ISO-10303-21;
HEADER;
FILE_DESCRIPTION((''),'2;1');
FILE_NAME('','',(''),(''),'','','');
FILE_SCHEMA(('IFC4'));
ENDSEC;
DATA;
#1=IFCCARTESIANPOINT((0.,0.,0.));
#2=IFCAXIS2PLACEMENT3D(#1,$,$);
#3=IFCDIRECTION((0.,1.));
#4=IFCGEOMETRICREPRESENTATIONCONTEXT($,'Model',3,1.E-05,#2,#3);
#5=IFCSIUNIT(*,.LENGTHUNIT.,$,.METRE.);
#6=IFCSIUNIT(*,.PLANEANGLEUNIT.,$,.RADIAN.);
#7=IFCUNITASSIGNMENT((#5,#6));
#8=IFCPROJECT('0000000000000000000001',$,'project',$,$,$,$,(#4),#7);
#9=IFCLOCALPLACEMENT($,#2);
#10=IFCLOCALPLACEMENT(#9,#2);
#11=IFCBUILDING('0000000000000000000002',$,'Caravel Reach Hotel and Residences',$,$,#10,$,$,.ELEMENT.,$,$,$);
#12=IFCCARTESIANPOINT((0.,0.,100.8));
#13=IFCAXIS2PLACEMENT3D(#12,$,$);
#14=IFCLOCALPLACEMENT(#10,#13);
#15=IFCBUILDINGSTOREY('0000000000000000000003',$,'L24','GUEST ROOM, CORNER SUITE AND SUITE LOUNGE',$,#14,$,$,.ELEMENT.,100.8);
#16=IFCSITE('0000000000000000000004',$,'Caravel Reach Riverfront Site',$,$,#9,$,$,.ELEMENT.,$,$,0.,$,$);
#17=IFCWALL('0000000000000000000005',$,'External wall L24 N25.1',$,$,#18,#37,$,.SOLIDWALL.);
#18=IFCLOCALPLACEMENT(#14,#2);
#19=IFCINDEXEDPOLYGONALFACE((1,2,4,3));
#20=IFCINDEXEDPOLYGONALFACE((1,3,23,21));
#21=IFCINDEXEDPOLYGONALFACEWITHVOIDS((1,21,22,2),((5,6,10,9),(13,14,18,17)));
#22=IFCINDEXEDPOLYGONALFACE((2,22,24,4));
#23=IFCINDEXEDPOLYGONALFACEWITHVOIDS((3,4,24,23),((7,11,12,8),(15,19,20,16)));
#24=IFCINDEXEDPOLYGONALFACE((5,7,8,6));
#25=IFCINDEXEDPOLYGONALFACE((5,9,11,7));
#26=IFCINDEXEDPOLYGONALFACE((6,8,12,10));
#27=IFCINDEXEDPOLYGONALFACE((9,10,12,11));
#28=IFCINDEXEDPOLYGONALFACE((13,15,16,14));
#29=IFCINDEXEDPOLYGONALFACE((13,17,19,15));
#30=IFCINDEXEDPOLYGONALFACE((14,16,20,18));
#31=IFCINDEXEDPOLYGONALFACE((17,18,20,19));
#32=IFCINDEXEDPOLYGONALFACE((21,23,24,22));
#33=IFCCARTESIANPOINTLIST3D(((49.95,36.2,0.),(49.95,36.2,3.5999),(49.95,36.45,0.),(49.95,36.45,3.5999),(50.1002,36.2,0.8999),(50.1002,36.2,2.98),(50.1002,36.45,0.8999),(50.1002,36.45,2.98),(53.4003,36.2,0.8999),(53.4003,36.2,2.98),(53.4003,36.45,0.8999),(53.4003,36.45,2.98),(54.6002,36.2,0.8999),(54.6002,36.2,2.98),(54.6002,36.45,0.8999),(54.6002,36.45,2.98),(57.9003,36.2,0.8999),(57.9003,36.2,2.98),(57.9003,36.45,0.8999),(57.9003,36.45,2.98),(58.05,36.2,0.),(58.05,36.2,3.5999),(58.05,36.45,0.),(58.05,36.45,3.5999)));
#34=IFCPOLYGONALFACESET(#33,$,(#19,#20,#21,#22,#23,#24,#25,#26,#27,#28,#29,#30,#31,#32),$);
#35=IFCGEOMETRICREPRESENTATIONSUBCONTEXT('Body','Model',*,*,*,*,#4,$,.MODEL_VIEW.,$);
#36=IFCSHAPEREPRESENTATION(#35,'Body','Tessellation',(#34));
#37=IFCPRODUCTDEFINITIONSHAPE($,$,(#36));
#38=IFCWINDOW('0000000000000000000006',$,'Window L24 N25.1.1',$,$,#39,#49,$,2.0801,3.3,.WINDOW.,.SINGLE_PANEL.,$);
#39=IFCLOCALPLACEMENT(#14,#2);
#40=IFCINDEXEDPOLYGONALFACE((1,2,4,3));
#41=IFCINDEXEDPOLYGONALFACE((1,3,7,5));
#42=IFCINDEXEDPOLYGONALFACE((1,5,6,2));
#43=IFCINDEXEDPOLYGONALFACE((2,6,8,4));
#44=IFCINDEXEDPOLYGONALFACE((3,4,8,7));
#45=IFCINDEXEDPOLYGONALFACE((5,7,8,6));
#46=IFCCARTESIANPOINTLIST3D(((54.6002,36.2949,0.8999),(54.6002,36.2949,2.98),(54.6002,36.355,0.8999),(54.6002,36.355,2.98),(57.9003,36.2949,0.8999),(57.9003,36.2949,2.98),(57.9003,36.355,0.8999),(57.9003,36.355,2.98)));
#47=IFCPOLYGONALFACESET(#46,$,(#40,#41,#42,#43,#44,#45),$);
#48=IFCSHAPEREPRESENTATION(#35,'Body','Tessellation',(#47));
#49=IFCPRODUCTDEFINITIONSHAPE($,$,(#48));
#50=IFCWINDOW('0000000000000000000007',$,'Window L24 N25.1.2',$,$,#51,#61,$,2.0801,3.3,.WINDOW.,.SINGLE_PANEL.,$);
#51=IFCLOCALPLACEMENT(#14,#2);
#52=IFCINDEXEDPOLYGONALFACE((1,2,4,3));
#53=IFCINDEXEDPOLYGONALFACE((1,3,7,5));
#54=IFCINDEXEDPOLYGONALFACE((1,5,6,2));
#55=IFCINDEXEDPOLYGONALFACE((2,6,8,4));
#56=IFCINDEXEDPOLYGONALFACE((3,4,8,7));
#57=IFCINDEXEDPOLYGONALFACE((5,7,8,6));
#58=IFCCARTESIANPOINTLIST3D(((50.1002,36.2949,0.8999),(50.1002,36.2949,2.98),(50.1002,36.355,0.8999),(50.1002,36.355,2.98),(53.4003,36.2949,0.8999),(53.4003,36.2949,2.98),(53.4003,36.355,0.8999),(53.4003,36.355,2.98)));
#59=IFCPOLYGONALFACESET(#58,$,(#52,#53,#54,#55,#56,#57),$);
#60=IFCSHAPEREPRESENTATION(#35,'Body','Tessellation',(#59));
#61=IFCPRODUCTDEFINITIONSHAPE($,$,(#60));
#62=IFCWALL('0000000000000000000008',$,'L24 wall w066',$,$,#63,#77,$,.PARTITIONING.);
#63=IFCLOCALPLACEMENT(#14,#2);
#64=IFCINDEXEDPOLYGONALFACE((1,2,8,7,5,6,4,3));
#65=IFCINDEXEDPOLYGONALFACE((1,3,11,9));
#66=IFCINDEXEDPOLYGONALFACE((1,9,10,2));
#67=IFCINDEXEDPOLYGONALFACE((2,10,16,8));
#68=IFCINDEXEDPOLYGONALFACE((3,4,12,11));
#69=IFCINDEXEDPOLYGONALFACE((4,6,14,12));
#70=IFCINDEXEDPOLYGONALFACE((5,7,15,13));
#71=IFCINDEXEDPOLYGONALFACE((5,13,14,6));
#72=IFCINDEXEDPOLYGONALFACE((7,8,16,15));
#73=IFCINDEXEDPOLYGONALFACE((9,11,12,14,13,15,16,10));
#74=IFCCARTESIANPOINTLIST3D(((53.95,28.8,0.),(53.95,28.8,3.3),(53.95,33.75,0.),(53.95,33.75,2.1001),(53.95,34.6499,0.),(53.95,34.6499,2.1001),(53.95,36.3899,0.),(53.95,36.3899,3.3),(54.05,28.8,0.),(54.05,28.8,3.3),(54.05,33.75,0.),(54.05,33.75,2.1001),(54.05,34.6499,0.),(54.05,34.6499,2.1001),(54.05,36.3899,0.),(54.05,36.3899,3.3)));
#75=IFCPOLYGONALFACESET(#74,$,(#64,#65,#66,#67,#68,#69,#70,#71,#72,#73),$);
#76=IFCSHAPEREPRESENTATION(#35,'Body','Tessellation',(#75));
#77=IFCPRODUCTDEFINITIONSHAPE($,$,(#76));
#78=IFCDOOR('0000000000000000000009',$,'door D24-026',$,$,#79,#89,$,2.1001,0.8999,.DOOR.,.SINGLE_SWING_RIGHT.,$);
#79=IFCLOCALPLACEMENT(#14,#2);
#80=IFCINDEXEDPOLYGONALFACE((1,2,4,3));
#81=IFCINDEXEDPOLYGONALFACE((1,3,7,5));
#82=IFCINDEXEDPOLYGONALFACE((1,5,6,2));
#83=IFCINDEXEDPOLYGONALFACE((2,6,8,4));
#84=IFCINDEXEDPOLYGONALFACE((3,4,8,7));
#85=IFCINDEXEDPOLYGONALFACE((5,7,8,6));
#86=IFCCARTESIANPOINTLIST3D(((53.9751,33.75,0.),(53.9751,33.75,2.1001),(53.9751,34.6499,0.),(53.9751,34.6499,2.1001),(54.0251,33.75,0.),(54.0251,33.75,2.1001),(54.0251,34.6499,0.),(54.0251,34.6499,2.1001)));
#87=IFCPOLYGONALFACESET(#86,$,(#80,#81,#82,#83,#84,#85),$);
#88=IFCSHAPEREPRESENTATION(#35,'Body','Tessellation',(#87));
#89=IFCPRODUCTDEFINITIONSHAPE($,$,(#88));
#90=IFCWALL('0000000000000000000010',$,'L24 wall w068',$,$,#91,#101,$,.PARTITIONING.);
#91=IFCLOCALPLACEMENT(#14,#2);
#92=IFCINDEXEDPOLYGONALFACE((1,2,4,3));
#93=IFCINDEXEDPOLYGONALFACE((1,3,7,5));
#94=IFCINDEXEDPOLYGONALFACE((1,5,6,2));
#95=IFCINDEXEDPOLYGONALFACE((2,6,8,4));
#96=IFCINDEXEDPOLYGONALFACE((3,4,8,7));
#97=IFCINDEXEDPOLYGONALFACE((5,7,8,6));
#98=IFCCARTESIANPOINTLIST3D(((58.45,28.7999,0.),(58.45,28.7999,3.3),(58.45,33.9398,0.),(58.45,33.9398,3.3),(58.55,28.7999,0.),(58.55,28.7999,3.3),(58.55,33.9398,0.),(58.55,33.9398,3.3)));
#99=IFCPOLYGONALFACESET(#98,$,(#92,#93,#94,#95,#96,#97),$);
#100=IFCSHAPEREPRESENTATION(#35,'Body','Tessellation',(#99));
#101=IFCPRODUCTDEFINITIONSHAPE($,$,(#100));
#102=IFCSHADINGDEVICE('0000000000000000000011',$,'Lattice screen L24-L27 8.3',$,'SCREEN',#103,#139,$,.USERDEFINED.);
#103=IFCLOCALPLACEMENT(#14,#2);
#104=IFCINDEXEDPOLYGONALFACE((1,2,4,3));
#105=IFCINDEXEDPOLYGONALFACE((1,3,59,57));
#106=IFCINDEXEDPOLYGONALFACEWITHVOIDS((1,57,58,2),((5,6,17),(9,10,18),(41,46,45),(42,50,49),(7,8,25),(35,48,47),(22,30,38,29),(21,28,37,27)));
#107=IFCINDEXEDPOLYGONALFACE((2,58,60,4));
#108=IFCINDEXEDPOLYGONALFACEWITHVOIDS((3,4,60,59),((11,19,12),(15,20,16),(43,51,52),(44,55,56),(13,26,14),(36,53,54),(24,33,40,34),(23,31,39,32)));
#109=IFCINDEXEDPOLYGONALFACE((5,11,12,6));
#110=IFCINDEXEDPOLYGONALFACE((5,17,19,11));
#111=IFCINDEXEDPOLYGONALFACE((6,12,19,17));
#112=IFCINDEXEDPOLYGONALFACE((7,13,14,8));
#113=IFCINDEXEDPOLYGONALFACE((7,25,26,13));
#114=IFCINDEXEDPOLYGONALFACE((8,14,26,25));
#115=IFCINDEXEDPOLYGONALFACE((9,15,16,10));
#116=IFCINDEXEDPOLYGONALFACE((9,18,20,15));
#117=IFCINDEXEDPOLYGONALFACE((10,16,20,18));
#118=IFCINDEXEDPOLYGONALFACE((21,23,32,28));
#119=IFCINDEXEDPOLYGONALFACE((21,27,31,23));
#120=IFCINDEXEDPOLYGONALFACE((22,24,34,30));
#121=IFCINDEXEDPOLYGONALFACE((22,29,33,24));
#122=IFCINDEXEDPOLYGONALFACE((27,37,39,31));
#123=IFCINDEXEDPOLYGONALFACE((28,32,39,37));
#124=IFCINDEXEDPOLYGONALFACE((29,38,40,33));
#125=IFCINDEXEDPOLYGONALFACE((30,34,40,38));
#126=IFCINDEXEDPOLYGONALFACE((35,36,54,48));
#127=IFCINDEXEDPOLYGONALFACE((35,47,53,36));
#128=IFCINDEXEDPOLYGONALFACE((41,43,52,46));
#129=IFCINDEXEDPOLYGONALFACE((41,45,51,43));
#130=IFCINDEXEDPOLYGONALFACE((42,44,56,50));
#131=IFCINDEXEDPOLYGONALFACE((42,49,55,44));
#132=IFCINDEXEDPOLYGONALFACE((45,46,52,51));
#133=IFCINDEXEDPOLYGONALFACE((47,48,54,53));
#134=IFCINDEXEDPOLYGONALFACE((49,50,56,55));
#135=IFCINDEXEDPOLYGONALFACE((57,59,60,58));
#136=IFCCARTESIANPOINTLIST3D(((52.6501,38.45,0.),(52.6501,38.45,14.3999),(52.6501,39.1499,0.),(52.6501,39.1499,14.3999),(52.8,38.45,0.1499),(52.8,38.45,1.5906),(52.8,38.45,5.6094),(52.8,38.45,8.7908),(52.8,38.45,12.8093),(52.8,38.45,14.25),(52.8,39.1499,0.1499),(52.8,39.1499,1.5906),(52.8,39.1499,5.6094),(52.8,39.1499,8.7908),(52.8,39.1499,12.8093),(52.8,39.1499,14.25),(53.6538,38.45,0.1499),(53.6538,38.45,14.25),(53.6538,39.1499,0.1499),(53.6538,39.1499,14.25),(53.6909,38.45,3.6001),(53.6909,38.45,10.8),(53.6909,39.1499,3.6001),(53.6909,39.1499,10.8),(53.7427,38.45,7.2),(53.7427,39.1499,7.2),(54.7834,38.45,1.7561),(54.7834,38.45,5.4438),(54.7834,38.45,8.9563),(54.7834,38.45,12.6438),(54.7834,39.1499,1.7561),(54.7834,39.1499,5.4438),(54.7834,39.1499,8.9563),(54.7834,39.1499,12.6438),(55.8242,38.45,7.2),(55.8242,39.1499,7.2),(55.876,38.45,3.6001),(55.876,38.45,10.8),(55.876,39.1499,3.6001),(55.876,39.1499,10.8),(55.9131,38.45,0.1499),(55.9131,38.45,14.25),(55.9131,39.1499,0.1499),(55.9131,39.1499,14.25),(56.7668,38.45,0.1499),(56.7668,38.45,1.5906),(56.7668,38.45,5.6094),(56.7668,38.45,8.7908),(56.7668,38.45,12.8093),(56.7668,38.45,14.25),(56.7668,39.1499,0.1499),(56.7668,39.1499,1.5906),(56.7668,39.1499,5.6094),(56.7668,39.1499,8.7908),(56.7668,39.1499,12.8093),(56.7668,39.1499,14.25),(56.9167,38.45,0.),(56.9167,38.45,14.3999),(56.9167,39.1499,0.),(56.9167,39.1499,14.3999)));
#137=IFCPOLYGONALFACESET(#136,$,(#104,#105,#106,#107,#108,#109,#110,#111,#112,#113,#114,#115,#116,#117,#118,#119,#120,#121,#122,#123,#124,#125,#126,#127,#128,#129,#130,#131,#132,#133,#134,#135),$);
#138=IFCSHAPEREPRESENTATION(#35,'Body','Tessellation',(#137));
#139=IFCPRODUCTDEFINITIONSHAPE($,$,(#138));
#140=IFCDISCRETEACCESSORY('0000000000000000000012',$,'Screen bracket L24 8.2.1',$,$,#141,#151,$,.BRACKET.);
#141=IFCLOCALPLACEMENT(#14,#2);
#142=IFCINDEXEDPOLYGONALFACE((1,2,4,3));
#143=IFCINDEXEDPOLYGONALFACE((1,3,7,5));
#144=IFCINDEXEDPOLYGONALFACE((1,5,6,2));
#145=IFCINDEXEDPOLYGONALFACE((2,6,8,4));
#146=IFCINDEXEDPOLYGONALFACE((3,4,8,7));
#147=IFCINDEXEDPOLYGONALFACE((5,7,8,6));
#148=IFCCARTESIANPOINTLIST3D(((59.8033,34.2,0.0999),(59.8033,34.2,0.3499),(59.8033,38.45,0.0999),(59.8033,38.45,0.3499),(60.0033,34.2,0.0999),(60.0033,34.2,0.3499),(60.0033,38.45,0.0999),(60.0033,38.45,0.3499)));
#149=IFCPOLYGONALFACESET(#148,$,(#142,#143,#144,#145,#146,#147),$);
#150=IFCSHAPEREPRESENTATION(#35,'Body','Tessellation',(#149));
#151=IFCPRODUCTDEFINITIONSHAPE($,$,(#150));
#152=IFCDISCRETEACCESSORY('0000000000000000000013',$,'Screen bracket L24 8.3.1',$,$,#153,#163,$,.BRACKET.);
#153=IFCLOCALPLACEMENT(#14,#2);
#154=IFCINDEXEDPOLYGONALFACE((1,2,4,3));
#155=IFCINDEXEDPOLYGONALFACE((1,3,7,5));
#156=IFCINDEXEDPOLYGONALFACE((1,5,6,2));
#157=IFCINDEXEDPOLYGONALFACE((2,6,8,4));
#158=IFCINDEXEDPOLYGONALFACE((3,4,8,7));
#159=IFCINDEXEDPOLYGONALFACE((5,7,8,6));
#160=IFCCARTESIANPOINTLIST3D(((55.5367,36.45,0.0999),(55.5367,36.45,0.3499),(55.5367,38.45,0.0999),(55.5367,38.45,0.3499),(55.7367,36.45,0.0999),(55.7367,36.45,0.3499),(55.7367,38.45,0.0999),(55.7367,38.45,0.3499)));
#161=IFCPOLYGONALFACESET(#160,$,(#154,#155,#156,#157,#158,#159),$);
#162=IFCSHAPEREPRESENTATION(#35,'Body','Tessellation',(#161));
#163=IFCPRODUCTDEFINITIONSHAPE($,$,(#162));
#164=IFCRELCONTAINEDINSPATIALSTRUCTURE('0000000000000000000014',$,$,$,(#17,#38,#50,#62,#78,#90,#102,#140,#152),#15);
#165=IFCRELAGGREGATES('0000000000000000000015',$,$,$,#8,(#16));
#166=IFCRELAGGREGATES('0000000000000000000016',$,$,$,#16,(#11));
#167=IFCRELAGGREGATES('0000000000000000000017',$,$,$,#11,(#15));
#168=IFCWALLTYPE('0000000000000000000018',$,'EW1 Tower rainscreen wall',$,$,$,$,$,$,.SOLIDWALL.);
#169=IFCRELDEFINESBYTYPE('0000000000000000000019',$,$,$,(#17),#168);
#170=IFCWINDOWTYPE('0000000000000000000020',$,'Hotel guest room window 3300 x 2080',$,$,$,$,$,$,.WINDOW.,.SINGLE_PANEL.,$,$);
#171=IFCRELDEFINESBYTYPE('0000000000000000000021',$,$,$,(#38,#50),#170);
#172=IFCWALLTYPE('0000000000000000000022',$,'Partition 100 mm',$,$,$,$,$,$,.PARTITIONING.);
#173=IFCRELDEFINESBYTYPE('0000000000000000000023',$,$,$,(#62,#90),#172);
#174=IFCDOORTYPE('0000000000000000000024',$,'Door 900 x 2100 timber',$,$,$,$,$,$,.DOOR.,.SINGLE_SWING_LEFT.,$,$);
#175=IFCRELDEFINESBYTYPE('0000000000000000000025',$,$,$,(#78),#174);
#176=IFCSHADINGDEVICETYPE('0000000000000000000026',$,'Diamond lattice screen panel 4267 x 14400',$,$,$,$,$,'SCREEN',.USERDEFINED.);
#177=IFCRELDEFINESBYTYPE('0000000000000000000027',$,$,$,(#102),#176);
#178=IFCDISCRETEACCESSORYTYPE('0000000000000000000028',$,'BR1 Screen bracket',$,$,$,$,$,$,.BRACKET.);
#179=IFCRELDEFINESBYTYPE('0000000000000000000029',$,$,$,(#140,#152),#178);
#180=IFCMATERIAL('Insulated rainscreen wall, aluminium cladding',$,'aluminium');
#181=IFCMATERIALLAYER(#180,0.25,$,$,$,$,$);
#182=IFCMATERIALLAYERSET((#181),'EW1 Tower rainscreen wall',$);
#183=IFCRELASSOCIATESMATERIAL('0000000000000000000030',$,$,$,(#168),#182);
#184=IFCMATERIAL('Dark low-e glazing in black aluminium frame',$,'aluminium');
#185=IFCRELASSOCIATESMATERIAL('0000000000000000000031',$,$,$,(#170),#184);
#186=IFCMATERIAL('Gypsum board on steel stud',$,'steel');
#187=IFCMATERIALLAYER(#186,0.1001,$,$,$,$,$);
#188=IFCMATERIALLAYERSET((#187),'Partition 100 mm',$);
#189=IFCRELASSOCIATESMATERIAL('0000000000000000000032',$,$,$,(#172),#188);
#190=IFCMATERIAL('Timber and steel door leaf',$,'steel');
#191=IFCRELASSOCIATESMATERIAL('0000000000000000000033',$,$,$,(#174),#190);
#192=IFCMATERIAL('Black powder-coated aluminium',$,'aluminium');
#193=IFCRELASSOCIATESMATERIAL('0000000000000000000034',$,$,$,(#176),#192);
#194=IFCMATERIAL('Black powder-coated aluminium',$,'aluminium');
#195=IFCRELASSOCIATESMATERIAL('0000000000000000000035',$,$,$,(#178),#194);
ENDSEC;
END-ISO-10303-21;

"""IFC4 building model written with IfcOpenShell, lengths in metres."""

from ifc_helpers import new_model, si_unit, direction, frame, frame_2d, origin, origin_2d, place, context, subcontext, project, spatial, polyline, rectangle, outline, extrude, material, layer, layer_set, type_object, element, fill, save


model = new_model("IFC4")

# Units and contexts
model_context = context("Model", 3, precision=1e-05, world=origin(), true_north=direction((0.0, 1.0)))
body_context = subcontext(model_context, "Body", "Model", "MODEL_VIEW")
ifc_project = project(units=[si_unit("LENGTHUNIT", "METRE"), si_unit("PLANEANGLEUNIT", "RADIAN")], contexts=[model_context])

# Site, building, storey
site_placement = place(None, origin())
site = spatial("IfcSite", under=ifc_project, at=site_placement, Name="Caravel Reach Riverfront Site", CompositionType="ELEMENT", RefElevation=0.0)
building_placement = place(site_placement, origin())
building = spatial("IfcBuilding", under=site, at=building_placement, Name="Caravel Reach Hotel and Residences", CompositionType="ELEMENT")
storey_placement = place(building_placement, frame((0.0, 0.0, 100.8)))
storey = spatial("IfcBuildingStorey", under=building, at=storey_placement, Name="L24", Description="GUEST ROOM, CORNER SUITE AND SUITE LOUNGE", CompositionType="ELEMENT", Elevation=100.8)

# Shared definitions
ifc_material_1 = material(Name="Insulated rainscreen wall, aluminium cladding", Category="aluminium")
ifc_layer_1 = layer(ifc_material_1, 0.25)
ifc_layer_set_1 = layer_set([ifc_layer_1], Name="EW1 Tower rainscreen wall")
wall_type_1 = type_object("IfcWallType", Name="EW1 Tower rainscreen wall", PredefinedType="SOLIDWALL", material=ifc_layer_set_1)

# Wall, openings, windows
wall_1_placement = place(storey_placement, frame((58.05, 36.325, 0.0), z_axis=(0.0, 0.0, 1.0), x_axis=(-1.0, 0.0, 0.0)))
wall_1 = element("IfcWall", 1, at=wall_1_placement, inside=storey, type_object=wall_type_1, Name="External wall L24 N25.1", PredefinedType="SOLIDWALL", context=body_context, shape_type="SweptSolid", body=[
    extrude(rectangle(XDim=8.1001, YDim=0.25, at=frame_2d((4.05, 0.0))), origin(), (0.0, 0.0, 1.0), 3.5999),
])
opening_1_placement = place(wall_1_placement, frame((0.1499, 0.0, 0.8999)))
opening_1 = element("IfcOpeningElement", 2, at=opening_1_placement, cuts=wall_1, PredefinedType="OPENING", context=body_context, shape_type="SweptSolid", body=[
    extrude(rectangle(XDim=3.3, YDim=2.0801, at=frame_2d((1.6499, 1.04))), frame((0.0, 0.135, 0.0), z_axis=(0.0, -1.0, 0.0), x_axis=(1.0, 0.0, 0.0)), (0.0, 0.0, 1.0), 0.27),
])
opening_2_placement = place(wall_1_placement, frame((4.6499, 0.0, 0.8999)))
opening_2 = element("IfcOpeningElement", 3, at=opening_2_placement, cuts=wall_1, PredefinedType="OPENING", context=body_context, shape_type="SweptSolid", body=[
    extrude(rectangle(XDim=3.3, YDim=2.0801, at=frame_2d((1.6499, 1.04))), frame((0.0, 0.135, 0.0), z_axis=(0.0, -1.0, 0.0), x_axis=(1.0, 0.0, 0.0)), (0.0, 0.0, 1.0), 0.27),
])
ifc_material_2 = material(Name="Dark low-e glazing in black aluminium frame", Category="aluminium")
window_type_1 = type_object("IfcWindowType", Name="Hotel guest room window 3300 x 2080", PartitioningType="SINGLE_PANEL", PredefinedType="WINDOW", material=ifc_material_2)
window_1_placement = place(opening_1_placement, origin())
window_1 = element("IfcWindow", 4, at=window_1_placement, inside=storey, type_object=window_type_1, Name="Window L24 N25.1.1", OverallHeight=2.0801, OverallWidth=3.3, PartitioningType="SINGLE_PANEL", PredefinedType="WINDOW", context=body_context, shape_type="SweptSolid", body=[
    extrude(rectangle(XDim=3.3, YDim=2.0801, at=frame_2d((1.6499, 1.04))), frame((0.0, 0.03, 0.0), z_axis=(0.0, -1.0, 0.0), x_axis=(1.0, 0.0, 0.0)), (0.0, 0.0, 1.0), 0.0601),
])
fill(opening_1, window_1)
window_2_placement = place(opening_2_placement, origin())
window_2 = element("IfcWindow", 5, at=window_2_placement, inside=storey, type_object=window_type_1, Name="Window L24 N25.1.2", OverallHeight=2.0801, OverallWidth=3.3, PartitioningType="SINGLE_PANEL", PredefinedType="WINDOW", context=body_context, shape_type="SweptSolid", body=[
    extrude(rectangle(XDim=3.3, YDim=2.0801, at=frame_2d((1.6499, 1.04))), frame((0.0, 0.03, 0.0), z_axis=(0.0, -1.0, 0.0), x_axis=(1.0, 0.0, 0.0)), (0.0, 0.0, 1.0), 0.0601),
])
fill(opening_2, window_2)

# Wall, opening, door
ifc_material_3 = material(Name="Gypsum board on steel stud", Category="steel")
ifc_layer_2 = layer(ifc_material_3, 0.1001)
ifc_layer_set_2 = layer_set([ifc_layer_2], Name="Partition 100 mm")
wall_type_2 = type_object("IfcWallType", Name="Partition 100 mm", PredefinedType="PARTITIONING", material=ifc_layer_set_2)
wall_2_placement = place(storey_placement, frame((54.0, 28.8, 0.0), z_axis=(0.0, 0.0, 1.0), x_axis=(0.0, 1.0, 0.0)))
wall_2 = element("IfcWall", 6, at=wall_2_placement, inside=storey, type_object=wall_type_2, Name="L24 wall w066", PredefinedType="PARTITIONING", context=body_context, shape_type="SweptSolid", body=[
    extrude(rectangle(XDim=7.5898, YDim=0.1001, at=frame_2d((3.7949, 0.0))), origin(), (0.0, 0.0, 1.0), 3.3),
])
opening_3_placement = place(wall_2_placement, frame((4.95, 0.0, 0.0)))
opening_3 = element("IfcOpeningElement", 7, at=opening_3_placement, cuts=wall_2, PredefinedType="OPENING", context=body_context, shape_type="SweptSolid", body=[
    extrude(rectangle(XDim=0.8999, YDim=2.1001, at=frame_2d((0.45, 1.05))), frame((0.0, 0.0601, 0.0), z_axis=(0.0, -1.0, 0.0), x_axis=(1.0, 0.0, 0.0)), (0.0, 0.0, 1.0), 0.1201),
])
ifc_material_4 = material(Name="Timber and steel door leaf", Category="steel")
door_type_1 = type_object("IfcDoorType", Name="Door 900 x 2100 timber", OperationType="SINGLE_SWING_LEFT", PredefinedType="DOOR", material=ifc_material_4)
door_1_placement = place(opening_3_placement, origin())
door_1 = element("IfcDoor", 8, at=door_1_placement, inside=storey, type_object=door_type_1, Name="door D24-026", OperationType="SINGLE_SWING_RIGHT", OverallHeight=2.1001, OverallWidth=0.8999, PredefinedType="DOOR", context=body_context, shape_type="SweptSolid", body=[
    extrude(rectangle(XDim=0.8999, YDim=2.1001, at=frame_2d((0.45, 1.05))), frame((0.0, 0.0249, 0.0), z_axis=(0.0, -1.0, 0.0), x_axis=(1.0, 0.0, 0.0)), (0.0, 0.0, 1.0), 0.05),
])
fill(opening_3, door_1)

# Wall
wall_3_placement = place(storey_placement, frame((58.5, 28.8, 0.0), z_axis=(0.0, 0.0, 1.0), x_axis=(0.0, 1.0, 0.0)))
element("IfcWall", 9, at=wall_3_placement, inside=storey, type_object=wall_type_2, Name="L24 wall w068", PredefinedType="PARTITIONING", context=body_context, shape_type="SweptSolid", body=[
    extrude(rectangle(XDim=5.1399, YDim=0.1001, at=frame_2d((2.5698, 0.0))), origin(), (0.0, 0.0, 1.0), 3.3),
])

# Shading device
ifc_material_5 = material(Name="Black powder-coated aluminium", Category="aluminium")
shading_device_type = type_object("IfcShadingDeviceType", Name="Diamond lattice screen panel 4267 x 14400", ElementType="SCREEN", PredefinedType="USERDEFINED", material=ifc_material_5)
shading_device_placement = place(storey_placement, frame((56.9167, 38.45, 0.0), z_axis=(0.0, 1.0, 0.0), x_axis=(-1.0, 0.0, 0.0)))
element("IfcShadingDevice", 10, at=shading_device_placement, inside=storey, type_object=shading_device_type, Name="Lattice screen L24-L27 8.3", ObjectType="SCREEN", PredefinedType="USERDEFINED", context=body_context, shape_type="SweptSolid", body=[
    extrude(outline(polyline([(0.0, 0.0), (4.2666, 0.0), (4.2666, 14.3999), (0.0, 14.3999), (0.0, 0.0)]), holes=[polyline([(1.0037, 0.1499), (0.1499, 1.5906), (0.1499, 0.1499), (1.0037, 0.1499)]), polyline([(1.0925, 7.2), (0.1499, 8.7908), (0.1499, 5.6094), (1.0925, 7.2)]), polyline([(0.1499, 12.8093), (1.0037, 14.25), (0.1499, 14.25), (0.1499, 12.8093)]), polyline([(2.1333, 5.4438), (1.0408, 3.6001), (2.1333, 1.7561), (3.2258, 3.6001), (2.1333, 5.4438)]), polyline([(2.1333, 12.6438), (1.0408, 10.8), (2.1333, 8.9563), (3.2258, 10.8), (2.1333, 12.6438)]), polyline([(4.1167, 1.5906), (3.2629, 0.1499), (4.1167, 0.1499), (4.1167, 1.5906)]), polyline([(3.1741, 7.2), (4.1167, 5.6094), (4.1167, 8.7908), (3.1741, 7.2)]), polyline([(3.2629, 14.25), (4.1167, 12.8093), (4.1167, 14.25), (3.2629, 14.25)])]), origin(), (0.0, 0.0, 1.0), 0.7),
])

# Discrete accessories
ifc_material_6 = material(Name="Black powder-coated aluminium", Category="aluminium")
discrete_accessory_type = type_object("IfcDiscreteAccessoryType", Name="BR1 Screen bracket", PredefinedType="BRACKET", material=ifc_material_6)
discrete_accessory_1_placement = place(storey_placement, frame((59.9033, 36.325, 0.0999), z_axis=(0.0, 0.0, 1.0), x_axis=(0.0, 1.0, 0.0)))
element("IfcDiscreteAccessory", 11, at=discrete_accessory_1_placement, inside=storey, type_object=discrete_accessory_type, Name="Screen bracket L24 8.2.1", PredefinedType="BRACKET", context=body_context, shape_type="SweptSolid", body=[
    extrude(rectangle(XDim=4.25, YDim=0.2, at=origin_2d()), origin(), (0.0, 0.0, 1.0), 0.25),
])
discrete_accessory_2_placement = place(storey_placement, frame((55.6367, 37.45, 0.0999), z_axis=(0.0, 0.0, 1.0), x_axis=(0.0, 1.0, 0.0)))
element("IfcDiscreteAccessory", 12, at=discrete_accessory_2_placement, inside=storey, type_object=discrete_accessory_type, Name="Screen bracket L24 8.3.1", PredefinedType="BRACKET", context=body_context, shape_type="SweptSolid", body=[
    extrude(rectangle(XDim=2.0, YDim=0.2, at=origin_2d()), origin(), (0.0, 0.0, 1.0), 0.25),
])

save(model, "model.ifc")
